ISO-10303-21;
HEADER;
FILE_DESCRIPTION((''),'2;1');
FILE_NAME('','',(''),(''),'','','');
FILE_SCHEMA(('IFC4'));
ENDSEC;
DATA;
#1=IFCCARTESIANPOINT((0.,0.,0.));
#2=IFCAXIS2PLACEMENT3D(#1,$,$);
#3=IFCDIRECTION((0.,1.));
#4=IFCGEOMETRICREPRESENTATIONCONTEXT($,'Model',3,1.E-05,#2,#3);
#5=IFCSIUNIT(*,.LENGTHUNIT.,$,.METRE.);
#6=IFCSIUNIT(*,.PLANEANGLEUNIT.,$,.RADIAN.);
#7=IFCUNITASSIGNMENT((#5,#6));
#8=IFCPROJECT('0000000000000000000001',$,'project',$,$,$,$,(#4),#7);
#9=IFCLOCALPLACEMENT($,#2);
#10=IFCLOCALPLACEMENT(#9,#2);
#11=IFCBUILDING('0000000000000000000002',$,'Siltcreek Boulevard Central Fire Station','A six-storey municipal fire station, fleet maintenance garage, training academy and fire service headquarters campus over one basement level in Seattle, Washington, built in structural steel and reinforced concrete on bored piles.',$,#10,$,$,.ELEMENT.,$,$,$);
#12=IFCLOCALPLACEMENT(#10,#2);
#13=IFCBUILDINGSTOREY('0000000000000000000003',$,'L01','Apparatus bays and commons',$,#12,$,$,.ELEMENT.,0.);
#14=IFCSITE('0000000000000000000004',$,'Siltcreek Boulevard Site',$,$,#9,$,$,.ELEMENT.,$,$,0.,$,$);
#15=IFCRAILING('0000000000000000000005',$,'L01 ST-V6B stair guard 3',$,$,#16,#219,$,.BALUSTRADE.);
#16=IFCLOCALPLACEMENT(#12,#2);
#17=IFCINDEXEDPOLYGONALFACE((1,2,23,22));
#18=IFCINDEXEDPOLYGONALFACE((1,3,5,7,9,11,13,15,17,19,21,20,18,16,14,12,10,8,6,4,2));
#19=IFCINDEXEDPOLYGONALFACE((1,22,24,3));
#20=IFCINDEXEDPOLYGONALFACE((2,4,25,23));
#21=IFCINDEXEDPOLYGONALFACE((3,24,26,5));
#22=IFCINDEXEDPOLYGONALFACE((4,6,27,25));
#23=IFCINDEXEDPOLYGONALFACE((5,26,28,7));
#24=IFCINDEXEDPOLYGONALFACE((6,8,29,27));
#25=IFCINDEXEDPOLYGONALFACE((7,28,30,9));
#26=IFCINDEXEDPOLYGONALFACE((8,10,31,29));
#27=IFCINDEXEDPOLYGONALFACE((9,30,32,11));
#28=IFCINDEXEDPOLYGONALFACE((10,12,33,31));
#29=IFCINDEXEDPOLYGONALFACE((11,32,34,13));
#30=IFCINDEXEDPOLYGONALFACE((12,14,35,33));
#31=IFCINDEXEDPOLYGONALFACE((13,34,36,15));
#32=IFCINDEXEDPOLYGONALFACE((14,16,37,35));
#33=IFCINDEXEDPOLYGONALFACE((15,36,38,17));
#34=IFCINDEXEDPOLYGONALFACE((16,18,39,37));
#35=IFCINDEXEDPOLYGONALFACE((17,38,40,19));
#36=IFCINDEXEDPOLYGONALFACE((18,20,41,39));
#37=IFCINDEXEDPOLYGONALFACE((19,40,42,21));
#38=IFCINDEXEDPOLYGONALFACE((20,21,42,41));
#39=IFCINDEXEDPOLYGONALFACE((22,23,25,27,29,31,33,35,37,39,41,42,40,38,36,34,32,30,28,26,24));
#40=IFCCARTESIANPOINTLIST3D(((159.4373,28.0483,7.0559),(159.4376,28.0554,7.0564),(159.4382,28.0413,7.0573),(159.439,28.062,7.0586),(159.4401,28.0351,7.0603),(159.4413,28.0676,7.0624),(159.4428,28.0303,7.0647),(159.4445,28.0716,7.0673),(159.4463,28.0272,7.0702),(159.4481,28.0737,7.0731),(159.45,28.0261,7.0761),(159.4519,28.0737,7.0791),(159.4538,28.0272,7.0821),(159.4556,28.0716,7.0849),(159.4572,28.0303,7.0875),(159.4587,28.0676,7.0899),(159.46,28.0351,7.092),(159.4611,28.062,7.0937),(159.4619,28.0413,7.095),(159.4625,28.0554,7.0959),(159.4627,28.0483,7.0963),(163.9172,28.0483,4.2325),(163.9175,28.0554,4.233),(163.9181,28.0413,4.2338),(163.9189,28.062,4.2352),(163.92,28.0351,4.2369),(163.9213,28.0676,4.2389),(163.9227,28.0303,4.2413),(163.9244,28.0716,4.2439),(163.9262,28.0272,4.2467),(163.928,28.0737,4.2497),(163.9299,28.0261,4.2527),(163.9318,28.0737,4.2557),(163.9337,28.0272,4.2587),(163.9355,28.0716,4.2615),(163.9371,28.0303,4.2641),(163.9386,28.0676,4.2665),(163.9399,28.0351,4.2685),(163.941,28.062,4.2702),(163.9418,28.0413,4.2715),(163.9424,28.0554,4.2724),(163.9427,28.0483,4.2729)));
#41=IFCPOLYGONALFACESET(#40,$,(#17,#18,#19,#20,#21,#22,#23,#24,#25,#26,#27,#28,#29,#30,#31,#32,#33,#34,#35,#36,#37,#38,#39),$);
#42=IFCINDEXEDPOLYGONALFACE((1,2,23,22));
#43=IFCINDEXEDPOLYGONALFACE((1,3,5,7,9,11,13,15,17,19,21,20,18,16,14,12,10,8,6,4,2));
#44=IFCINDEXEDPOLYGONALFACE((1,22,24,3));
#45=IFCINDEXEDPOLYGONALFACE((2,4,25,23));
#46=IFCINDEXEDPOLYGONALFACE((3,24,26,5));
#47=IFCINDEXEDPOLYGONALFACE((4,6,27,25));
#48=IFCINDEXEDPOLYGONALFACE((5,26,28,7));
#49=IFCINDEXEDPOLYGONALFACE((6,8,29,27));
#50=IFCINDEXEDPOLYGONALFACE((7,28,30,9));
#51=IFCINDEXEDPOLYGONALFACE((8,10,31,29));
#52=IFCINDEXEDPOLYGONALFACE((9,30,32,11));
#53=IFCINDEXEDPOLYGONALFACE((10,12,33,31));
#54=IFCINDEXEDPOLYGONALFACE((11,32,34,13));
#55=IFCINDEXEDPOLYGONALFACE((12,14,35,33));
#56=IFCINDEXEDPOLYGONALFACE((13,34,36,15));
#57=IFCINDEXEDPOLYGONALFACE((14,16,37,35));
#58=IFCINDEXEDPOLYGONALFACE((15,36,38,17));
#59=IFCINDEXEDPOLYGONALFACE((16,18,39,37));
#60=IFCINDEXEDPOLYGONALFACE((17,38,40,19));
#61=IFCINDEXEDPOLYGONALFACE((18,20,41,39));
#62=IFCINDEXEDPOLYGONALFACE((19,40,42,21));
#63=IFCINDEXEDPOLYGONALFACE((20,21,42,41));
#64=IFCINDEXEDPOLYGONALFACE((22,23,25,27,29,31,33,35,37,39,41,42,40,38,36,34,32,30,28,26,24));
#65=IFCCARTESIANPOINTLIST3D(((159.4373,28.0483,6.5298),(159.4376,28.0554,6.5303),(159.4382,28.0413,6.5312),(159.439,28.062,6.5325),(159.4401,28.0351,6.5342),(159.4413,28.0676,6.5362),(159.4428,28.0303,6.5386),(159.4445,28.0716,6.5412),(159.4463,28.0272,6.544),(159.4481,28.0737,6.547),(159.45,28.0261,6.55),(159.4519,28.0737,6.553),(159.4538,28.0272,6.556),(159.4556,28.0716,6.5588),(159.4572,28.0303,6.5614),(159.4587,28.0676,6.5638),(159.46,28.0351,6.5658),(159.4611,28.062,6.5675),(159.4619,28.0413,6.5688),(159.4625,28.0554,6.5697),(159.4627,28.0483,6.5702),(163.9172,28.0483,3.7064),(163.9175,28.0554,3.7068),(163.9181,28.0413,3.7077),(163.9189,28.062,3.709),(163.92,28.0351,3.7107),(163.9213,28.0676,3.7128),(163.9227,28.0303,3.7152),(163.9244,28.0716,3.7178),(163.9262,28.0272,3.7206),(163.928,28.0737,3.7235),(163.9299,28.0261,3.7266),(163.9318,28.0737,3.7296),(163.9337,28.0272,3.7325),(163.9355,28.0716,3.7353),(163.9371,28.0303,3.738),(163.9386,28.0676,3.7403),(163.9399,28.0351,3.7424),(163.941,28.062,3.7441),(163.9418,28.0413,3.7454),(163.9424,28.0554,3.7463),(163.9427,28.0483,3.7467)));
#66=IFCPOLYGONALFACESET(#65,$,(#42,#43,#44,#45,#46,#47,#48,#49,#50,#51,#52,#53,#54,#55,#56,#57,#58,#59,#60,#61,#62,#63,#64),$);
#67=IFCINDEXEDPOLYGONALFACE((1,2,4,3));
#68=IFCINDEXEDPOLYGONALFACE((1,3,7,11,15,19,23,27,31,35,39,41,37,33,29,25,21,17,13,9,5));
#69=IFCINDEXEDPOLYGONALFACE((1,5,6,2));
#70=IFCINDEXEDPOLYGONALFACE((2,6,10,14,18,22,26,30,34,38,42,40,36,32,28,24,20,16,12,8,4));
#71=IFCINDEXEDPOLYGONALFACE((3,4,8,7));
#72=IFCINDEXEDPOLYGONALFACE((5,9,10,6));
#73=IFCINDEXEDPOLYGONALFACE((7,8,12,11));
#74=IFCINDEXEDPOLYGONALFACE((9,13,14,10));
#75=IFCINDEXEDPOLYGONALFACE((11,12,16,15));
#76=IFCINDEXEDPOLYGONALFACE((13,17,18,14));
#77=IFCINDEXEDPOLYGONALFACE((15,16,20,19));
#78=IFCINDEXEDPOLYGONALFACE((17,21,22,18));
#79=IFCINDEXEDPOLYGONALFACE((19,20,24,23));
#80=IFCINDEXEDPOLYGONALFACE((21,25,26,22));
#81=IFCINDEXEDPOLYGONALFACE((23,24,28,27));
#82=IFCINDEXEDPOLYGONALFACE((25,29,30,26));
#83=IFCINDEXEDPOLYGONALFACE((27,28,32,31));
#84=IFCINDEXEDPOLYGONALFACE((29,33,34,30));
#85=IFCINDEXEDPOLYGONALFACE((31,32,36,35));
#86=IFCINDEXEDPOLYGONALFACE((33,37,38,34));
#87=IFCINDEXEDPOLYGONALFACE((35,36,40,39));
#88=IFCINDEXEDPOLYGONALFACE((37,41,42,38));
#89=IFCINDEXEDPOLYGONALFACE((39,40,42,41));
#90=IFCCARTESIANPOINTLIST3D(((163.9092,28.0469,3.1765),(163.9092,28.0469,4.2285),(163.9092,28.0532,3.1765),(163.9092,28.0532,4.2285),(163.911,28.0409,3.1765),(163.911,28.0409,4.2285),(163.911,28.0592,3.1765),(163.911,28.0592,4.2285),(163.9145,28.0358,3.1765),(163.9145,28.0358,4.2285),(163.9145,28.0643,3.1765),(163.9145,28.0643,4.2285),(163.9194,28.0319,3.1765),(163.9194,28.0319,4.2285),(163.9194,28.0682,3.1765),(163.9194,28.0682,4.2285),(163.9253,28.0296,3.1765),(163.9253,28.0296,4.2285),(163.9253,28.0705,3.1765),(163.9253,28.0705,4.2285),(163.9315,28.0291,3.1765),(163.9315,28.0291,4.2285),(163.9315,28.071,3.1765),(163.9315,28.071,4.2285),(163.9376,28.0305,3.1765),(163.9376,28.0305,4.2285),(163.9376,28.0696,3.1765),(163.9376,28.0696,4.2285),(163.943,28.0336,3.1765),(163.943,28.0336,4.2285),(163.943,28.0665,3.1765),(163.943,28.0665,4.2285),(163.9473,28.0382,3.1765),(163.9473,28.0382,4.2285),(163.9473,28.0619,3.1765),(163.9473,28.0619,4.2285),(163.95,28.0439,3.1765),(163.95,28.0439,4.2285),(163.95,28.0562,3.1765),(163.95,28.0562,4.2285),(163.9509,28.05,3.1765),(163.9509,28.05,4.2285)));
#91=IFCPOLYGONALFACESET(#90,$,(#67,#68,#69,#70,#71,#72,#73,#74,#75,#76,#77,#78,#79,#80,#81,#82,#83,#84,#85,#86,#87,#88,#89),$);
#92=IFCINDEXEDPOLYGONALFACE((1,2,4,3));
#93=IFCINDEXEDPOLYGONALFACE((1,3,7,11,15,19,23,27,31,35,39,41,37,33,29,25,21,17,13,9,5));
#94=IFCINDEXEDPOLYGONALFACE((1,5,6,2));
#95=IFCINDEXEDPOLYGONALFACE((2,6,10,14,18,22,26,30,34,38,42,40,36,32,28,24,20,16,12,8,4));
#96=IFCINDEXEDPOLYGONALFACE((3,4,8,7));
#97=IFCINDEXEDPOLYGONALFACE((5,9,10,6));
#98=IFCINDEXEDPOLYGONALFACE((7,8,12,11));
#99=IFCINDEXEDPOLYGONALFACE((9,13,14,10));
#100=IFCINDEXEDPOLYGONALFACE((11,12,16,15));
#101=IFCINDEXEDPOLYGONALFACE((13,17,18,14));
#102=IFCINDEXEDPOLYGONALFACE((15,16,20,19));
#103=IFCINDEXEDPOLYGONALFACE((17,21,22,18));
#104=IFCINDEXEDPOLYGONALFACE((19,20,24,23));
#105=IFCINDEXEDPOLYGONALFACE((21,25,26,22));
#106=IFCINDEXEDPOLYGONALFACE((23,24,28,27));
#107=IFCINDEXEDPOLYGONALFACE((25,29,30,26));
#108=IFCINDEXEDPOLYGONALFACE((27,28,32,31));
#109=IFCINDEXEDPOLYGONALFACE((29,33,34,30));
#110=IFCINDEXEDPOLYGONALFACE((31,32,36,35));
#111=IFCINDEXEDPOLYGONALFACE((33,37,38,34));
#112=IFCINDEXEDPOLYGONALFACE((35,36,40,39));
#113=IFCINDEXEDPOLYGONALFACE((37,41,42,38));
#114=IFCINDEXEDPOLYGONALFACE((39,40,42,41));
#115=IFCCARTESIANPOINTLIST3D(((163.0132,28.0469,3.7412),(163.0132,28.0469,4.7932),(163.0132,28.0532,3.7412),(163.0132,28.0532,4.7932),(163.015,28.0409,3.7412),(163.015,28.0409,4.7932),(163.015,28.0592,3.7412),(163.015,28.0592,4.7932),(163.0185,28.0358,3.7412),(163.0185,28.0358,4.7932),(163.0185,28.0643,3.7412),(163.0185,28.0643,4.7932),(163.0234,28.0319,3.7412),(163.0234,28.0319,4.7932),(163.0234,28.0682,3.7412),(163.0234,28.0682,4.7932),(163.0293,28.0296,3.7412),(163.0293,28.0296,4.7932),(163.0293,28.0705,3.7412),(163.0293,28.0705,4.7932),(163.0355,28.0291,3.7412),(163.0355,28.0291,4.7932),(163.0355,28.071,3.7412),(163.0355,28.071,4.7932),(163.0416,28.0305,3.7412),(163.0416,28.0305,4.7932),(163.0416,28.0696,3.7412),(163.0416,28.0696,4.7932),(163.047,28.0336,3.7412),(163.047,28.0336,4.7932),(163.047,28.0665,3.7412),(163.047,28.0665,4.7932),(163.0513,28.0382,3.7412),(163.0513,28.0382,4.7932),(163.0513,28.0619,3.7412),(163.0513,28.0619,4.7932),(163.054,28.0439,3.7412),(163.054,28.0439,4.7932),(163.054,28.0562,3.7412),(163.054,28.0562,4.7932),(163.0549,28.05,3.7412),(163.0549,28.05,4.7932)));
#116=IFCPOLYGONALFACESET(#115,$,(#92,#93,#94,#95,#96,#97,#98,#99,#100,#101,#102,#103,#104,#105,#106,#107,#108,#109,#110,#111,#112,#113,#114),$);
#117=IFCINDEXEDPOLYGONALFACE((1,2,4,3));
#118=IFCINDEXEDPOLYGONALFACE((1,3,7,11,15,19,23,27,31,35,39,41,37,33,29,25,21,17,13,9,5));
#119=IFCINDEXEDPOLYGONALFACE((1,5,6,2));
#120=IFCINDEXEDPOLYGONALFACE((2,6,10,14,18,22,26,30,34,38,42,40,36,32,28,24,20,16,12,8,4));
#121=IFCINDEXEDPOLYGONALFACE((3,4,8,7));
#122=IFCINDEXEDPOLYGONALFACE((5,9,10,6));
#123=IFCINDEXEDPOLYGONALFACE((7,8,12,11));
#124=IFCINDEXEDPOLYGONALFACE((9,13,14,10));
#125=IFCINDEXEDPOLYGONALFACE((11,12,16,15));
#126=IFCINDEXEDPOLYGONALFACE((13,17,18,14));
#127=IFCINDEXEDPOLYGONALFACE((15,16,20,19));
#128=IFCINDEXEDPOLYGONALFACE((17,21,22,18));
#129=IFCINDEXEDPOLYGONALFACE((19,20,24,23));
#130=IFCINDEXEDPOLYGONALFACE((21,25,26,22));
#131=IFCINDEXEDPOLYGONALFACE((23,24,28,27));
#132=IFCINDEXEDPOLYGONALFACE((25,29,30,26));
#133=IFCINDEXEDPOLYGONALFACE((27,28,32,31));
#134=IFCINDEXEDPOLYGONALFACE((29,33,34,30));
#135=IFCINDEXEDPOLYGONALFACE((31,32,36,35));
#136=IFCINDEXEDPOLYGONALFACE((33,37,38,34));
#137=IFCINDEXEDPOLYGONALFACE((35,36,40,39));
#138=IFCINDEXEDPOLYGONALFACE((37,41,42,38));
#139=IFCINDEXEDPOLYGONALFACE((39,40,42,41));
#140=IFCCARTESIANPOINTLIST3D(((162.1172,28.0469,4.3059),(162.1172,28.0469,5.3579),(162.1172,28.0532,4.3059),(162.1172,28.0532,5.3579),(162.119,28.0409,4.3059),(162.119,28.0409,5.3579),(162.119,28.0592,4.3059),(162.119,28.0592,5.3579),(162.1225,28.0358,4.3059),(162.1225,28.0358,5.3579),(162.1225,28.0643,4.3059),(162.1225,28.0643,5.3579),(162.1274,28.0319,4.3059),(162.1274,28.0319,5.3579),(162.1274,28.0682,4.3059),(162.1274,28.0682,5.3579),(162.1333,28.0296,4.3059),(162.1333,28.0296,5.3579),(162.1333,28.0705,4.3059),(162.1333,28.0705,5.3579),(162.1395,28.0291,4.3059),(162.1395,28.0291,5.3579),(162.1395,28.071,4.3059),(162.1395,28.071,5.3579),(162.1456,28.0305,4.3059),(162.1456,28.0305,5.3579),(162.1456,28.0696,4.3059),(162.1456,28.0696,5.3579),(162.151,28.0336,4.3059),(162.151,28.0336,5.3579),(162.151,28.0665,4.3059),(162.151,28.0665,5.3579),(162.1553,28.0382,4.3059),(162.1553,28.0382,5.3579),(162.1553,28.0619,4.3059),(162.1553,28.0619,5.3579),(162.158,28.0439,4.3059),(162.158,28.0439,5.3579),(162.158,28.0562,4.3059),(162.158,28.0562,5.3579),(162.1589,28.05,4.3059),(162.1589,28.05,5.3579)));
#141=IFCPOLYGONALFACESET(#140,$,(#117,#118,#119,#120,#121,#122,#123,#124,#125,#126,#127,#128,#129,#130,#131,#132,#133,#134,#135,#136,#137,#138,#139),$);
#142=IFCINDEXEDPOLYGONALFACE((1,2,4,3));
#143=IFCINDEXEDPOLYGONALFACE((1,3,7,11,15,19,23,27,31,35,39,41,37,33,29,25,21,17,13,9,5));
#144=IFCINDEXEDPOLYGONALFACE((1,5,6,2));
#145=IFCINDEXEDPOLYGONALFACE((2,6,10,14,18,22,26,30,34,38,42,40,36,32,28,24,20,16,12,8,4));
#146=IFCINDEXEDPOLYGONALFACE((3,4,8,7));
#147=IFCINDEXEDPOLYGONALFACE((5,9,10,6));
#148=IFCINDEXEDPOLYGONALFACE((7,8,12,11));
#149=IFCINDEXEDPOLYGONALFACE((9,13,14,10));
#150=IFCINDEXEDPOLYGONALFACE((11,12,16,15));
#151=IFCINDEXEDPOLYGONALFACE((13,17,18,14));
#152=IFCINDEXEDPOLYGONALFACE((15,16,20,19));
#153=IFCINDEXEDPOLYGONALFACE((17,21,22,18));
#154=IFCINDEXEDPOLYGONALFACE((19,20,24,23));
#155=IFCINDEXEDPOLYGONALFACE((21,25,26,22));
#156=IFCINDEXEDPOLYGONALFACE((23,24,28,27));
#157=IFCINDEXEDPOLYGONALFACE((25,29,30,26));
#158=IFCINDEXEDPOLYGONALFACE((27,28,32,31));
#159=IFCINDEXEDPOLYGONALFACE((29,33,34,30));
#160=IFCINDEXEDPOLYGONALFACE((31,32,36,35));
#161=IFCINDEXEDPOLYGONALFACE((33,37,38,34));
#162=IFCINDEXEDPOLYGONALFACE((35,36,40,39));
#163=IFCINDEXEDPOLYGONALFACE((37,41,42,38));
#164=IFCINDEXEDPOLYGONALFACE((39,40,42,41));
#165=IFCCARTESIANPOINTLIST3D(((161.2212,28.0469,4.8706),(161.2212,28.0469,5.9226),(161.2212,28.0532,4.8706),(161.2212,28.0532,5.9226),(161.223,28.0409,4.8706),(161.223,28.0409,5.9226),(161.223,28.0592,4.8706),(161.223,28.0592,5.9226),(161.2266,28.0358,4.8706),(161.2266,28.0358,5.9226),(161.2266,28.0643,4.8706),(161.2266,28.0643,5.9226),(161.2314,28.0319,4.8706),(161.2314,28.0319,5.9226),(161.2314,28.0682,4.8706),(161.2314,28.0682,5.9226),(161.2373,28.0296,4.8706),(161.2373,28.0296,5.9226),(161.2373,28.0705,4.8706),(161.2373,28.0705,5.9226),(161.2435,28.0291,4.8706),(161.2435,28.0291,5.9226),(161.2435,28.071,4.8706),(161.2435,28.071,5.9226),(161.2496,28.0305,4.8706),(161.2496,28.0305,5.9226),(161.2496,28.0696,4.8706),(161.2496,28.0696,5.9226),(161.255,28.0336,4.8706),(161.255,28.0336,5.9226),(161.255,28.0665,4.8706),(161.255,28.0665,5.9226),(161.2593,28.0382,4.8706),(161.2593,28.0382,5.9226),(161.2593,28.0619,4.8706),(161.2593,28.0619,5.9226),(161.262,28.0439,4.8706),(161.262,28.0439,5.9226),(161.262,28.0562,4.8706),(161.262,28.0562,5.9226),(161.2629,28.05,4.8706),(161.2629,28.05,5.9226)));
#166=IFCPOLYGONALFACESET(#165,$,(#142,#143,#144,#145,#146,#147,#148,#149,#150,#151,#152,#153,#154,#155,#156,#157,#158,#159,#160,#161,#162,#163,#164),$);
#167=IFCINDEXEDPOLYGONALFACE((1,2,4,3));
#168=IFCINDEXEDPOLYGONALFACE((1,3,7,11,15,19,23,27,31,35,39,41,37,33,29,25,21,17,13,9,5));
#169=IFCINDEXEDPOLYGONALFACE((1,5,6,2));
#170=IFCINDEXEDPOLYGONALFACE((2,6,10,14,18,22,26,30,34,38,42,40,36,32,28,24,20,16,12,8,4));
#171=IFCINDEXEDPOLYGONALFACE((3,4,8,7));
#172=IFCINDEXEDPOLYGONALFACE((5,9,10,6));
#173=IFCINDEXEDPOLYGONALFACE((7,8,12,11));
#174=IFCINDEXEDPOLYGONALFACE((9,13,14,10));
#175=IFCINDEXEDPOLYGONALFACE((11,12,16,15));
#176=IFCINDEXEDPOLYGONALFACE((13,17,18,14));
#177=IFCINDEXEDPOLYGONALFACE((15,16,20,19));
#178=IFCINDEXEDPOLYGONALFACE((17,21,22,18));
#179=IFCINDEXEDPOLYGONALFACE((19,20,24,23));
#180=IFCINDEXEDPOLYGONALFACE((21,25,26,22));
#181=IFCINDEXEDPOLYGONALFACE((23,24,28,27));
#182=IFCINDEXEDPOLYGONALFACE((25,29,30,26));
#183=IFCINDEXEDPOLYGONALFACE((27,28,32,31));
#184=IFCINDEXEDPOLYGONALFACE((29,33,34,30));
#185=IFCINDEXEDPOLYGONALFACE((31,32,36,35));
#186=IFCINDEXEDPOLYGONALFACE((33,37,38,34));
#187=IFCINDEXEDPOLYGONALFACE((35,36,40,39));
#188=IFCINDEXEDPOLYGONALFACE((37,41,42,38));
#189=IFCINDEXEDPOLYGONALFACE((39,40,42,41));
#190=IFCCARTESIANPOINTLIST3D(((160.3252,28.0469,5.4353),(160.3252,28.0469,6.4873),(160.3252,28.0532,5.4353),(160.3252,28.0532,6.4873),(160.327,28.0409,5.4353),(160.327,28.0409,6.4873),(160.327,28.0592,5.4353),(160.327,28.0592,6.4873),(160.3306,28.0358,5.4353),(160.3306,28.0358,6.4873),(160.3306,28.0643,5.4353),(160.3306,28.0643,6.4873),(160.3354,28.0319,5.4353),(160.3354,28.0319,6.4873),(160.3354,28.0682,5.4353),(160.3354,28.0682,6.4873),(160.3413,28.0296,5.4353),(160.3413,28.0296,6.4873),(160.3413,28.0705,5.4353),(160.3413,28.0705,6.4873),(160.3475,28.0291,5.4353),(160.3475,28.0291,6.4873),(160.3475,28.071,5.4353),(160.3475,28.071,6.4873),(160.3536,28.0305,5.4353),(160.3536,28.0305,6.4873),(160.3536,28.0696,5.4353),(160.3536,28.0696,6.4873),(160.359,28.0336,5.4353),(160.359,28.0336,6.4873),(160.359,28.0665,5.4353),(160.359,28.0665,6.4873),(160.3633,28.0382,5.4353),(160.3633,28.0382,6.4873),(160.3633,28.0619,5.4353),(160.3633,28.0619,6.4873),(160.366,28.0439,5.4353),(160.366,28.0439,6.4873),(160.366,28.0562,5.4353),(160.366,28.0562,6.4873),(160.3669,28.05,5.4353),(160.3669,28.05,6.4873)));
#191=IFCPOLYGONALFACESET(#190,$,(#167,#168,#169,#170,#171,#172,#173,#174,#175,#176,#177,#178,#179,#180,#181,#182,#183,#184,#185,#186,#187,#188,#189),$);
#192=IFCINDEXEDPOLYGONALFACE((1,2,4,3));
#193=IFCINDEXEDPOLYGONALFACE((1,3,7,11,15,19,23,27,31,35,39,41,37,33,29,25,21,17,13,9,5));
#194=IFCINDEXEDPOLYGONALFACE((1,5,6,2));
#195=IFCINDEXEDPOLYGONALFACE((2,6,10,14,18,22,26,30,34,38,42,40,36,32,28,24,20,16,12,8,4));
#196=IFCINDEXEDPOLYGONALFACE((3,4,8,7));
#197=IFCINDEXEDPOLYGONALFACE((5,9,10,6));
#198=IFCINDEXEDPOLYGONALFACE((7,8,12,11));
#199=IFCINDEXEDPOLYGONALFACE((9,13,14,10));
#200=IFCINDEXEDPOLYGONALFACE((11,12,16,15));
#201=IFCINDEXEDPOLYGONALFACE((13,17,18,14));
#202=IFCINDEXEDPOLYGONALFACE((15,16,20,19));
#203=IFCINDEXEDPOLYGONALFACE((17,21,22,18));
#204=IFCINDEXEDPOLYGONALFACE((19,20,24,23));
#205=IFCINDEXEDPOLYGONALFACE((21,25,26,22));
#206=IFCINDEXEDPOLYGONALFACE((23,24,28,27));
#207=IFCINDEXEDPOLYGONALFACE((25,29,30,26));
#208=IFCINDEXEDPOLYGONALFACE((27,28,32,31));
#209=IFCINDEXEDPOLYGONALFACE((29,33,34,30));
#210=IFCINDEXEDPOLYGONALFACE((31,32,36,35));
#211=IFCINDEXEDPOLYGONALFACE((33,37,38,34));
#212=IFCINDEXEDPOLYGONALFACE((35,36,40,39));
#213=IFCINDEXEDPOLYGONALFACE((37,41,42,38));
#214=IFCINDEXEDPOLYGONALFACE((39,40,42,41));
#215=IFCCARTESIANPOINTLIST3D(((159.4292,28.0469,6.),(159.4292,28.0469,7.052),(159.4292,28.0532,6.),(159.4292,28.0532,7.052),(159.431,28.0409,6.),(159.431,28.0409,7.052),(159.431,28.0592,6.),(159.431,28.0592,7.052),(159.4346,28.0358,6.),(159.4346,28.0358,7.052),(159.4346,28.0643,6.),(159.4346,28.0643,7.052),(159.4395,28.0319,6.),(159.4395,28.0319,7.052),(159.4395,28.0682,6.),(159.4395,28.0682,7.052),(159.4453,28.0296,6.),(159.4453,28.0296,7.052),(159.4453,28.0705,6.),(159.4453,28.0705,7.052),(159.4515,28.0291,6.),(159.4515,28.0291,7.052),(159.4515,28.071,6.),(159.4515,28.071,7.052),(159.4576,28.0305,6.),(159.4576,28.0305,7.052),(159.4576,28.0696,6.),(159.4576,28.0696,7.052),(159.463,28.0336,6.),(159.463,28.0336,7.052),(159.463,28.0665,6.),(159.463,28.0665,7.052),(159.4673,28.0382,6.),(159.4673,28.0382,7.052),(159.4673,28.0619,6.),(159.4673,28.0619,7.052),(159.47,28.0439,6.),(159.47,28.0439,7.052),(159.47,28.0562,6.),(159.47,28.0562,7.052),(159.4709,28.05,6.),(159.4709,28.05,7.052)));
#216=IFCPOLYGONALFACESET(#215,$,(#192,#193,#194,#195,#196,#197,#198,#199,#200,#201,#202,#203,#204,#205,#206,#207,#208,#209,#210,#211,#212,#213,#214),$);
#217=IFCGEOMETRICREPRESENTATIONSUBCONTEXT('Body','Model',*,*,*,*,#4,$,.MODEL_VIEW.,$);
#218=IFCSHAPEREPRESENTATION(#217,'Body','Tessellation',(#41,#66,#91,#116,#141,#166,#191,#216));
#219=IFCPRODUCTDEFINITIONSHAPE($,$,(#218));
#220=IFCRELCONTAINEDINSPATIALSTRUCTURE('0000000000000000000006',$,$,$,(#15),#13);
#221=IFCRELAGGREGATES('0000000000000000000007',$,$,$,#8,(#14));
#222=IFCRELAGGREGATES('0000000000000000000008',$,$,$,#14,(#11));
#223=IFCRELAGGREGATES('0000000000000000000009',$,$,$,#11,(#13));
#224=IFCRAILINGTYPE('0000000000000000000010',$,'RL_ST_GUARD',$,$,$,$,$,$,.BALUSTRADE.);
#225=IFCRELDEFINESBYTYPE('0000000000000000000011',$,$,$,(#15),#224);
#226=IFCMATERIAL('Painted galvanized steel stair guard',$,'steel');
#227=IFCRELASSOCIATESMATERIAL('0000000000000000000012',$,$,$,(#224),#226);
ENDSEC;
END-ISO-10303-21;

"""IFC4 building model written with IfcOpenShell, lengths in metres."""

from ifc_helpers import new_model, si_unit, direction, frame, origin, origin_2d, place, context, subcontext, project, spatial, circle, extrude, material, type_object, element, save


model = new_model("IFC4")

# Units and contexts
model_context = context("Model", 3, precision=1e-05, world=origin(), true_north=direction((0.0, 1.0)))
body_context = subcontext(model_context, "Body", "Model", "MODEL_VIEW")
ifc_project = project(units=[si_unit("LENGTHUNIT", "METRE"), si_unit("PLANEANGLEUNIT", "RADIAN")], contexts=[model_context])

# Site, building, storey
site_placement = place(None, origin())
site = spatial("IfcSite", under=ifc_project, at=site_placement, Name="Siltcreek Boulevard Site", CompositionType="ELEMENT", RefElevation=0.0)
building_placement = place(site_placement, origin())
building = spatial("IfcBuilding", under=site, at=building_placement, Name="Siltcreek Boulevard Central Fire Station", Description="A six-storey municipal fire station, fleet maintenance garage, training academy and fire service headquarters campus over one basement level in Seattle, Washington, built in structural steel and reinforced concrete on bored piles.", CompositionType="ELEMENT")
storey_placement = place(building_placement, origin())
storey = spatial("IfcBuildingStorey", under=building, at=storey_placement, Name="L01", Description="Apparatus bays and commons", CompositionType="ELEMENT", Elevation=0.0)

# Railing
ifc_material_1 = material(Name="Painted galvanized steel stair guard", Category="steel")
railing_type_1 = type_object("IfcRailingType", Name="RL_ST_GUARD", PredefinedType="BALUSTRADE", material=ifc_material_1)
railing_1_placement = place(storey_placement, frame((163.9299, 28.05, 3.1765)))
element("IfcRailing", 1, at=railing_1_placement, inside=storey, type_object=railing_type_1, Name="L01 ST-V6B stair guard 3", PredefinedType="BALUSTRADE", context=body_context, shape_type="SweptSolid", body=[
    extrude(circle(Radius=0.0239, at=origin_2d()), frame((0.0, 0.0, 1.0762), z_axis=(-0.845998, 0.0, 0.533186), x_axis=(0.0, -1.0, 0.0)), (0.0, 0.0, 1.0), 5.2954),
    extrude(circle(Radius=0.0239, at=origin_2d()), frame((0.0, 0.0, 0.55), z_axis=(-0.845998, 0.0, 0.533186), x_axis=(0.0, -1.0, 0.0)), (0.0, 0.0, 1.0), 5.2954),
    extrude(circle(Radius=0.021, at=origin_2d()), origin(), (0.0, 0.0, 1.0), 1.052),
    extrude(circle(Radius=0.021, at=origin_2d()), frame((-0.896, 0.0, 0.5647)), (0.0, 0.0, 1.0), 1.052),
    extrude(circle(Radius=0.021, at=origin_2d()), frame((-1.792, 0.0, 1.1294)), (0.0, 0.0, 1.0), 1.052),
    extrude(circle(Radius=0.021, at=origin_2d()), frame((-2.688, 0.0, 1.6941)), (0.0, 0.0, 1.0), 1.052),
    extrude(circle(Radius=0.021, at=origin_2d()), frame((-3.584, 0.0, 2.2588)), (0.0, 0.0, 1.0), 1.052),
    extrude(circle(Radius=0.021, at=origin_2d()), frame((-4.48, 0.0, 2.8235)), (0.0, 0.0, 1.0), 1.052),
])

save(model, "model.ifc")
